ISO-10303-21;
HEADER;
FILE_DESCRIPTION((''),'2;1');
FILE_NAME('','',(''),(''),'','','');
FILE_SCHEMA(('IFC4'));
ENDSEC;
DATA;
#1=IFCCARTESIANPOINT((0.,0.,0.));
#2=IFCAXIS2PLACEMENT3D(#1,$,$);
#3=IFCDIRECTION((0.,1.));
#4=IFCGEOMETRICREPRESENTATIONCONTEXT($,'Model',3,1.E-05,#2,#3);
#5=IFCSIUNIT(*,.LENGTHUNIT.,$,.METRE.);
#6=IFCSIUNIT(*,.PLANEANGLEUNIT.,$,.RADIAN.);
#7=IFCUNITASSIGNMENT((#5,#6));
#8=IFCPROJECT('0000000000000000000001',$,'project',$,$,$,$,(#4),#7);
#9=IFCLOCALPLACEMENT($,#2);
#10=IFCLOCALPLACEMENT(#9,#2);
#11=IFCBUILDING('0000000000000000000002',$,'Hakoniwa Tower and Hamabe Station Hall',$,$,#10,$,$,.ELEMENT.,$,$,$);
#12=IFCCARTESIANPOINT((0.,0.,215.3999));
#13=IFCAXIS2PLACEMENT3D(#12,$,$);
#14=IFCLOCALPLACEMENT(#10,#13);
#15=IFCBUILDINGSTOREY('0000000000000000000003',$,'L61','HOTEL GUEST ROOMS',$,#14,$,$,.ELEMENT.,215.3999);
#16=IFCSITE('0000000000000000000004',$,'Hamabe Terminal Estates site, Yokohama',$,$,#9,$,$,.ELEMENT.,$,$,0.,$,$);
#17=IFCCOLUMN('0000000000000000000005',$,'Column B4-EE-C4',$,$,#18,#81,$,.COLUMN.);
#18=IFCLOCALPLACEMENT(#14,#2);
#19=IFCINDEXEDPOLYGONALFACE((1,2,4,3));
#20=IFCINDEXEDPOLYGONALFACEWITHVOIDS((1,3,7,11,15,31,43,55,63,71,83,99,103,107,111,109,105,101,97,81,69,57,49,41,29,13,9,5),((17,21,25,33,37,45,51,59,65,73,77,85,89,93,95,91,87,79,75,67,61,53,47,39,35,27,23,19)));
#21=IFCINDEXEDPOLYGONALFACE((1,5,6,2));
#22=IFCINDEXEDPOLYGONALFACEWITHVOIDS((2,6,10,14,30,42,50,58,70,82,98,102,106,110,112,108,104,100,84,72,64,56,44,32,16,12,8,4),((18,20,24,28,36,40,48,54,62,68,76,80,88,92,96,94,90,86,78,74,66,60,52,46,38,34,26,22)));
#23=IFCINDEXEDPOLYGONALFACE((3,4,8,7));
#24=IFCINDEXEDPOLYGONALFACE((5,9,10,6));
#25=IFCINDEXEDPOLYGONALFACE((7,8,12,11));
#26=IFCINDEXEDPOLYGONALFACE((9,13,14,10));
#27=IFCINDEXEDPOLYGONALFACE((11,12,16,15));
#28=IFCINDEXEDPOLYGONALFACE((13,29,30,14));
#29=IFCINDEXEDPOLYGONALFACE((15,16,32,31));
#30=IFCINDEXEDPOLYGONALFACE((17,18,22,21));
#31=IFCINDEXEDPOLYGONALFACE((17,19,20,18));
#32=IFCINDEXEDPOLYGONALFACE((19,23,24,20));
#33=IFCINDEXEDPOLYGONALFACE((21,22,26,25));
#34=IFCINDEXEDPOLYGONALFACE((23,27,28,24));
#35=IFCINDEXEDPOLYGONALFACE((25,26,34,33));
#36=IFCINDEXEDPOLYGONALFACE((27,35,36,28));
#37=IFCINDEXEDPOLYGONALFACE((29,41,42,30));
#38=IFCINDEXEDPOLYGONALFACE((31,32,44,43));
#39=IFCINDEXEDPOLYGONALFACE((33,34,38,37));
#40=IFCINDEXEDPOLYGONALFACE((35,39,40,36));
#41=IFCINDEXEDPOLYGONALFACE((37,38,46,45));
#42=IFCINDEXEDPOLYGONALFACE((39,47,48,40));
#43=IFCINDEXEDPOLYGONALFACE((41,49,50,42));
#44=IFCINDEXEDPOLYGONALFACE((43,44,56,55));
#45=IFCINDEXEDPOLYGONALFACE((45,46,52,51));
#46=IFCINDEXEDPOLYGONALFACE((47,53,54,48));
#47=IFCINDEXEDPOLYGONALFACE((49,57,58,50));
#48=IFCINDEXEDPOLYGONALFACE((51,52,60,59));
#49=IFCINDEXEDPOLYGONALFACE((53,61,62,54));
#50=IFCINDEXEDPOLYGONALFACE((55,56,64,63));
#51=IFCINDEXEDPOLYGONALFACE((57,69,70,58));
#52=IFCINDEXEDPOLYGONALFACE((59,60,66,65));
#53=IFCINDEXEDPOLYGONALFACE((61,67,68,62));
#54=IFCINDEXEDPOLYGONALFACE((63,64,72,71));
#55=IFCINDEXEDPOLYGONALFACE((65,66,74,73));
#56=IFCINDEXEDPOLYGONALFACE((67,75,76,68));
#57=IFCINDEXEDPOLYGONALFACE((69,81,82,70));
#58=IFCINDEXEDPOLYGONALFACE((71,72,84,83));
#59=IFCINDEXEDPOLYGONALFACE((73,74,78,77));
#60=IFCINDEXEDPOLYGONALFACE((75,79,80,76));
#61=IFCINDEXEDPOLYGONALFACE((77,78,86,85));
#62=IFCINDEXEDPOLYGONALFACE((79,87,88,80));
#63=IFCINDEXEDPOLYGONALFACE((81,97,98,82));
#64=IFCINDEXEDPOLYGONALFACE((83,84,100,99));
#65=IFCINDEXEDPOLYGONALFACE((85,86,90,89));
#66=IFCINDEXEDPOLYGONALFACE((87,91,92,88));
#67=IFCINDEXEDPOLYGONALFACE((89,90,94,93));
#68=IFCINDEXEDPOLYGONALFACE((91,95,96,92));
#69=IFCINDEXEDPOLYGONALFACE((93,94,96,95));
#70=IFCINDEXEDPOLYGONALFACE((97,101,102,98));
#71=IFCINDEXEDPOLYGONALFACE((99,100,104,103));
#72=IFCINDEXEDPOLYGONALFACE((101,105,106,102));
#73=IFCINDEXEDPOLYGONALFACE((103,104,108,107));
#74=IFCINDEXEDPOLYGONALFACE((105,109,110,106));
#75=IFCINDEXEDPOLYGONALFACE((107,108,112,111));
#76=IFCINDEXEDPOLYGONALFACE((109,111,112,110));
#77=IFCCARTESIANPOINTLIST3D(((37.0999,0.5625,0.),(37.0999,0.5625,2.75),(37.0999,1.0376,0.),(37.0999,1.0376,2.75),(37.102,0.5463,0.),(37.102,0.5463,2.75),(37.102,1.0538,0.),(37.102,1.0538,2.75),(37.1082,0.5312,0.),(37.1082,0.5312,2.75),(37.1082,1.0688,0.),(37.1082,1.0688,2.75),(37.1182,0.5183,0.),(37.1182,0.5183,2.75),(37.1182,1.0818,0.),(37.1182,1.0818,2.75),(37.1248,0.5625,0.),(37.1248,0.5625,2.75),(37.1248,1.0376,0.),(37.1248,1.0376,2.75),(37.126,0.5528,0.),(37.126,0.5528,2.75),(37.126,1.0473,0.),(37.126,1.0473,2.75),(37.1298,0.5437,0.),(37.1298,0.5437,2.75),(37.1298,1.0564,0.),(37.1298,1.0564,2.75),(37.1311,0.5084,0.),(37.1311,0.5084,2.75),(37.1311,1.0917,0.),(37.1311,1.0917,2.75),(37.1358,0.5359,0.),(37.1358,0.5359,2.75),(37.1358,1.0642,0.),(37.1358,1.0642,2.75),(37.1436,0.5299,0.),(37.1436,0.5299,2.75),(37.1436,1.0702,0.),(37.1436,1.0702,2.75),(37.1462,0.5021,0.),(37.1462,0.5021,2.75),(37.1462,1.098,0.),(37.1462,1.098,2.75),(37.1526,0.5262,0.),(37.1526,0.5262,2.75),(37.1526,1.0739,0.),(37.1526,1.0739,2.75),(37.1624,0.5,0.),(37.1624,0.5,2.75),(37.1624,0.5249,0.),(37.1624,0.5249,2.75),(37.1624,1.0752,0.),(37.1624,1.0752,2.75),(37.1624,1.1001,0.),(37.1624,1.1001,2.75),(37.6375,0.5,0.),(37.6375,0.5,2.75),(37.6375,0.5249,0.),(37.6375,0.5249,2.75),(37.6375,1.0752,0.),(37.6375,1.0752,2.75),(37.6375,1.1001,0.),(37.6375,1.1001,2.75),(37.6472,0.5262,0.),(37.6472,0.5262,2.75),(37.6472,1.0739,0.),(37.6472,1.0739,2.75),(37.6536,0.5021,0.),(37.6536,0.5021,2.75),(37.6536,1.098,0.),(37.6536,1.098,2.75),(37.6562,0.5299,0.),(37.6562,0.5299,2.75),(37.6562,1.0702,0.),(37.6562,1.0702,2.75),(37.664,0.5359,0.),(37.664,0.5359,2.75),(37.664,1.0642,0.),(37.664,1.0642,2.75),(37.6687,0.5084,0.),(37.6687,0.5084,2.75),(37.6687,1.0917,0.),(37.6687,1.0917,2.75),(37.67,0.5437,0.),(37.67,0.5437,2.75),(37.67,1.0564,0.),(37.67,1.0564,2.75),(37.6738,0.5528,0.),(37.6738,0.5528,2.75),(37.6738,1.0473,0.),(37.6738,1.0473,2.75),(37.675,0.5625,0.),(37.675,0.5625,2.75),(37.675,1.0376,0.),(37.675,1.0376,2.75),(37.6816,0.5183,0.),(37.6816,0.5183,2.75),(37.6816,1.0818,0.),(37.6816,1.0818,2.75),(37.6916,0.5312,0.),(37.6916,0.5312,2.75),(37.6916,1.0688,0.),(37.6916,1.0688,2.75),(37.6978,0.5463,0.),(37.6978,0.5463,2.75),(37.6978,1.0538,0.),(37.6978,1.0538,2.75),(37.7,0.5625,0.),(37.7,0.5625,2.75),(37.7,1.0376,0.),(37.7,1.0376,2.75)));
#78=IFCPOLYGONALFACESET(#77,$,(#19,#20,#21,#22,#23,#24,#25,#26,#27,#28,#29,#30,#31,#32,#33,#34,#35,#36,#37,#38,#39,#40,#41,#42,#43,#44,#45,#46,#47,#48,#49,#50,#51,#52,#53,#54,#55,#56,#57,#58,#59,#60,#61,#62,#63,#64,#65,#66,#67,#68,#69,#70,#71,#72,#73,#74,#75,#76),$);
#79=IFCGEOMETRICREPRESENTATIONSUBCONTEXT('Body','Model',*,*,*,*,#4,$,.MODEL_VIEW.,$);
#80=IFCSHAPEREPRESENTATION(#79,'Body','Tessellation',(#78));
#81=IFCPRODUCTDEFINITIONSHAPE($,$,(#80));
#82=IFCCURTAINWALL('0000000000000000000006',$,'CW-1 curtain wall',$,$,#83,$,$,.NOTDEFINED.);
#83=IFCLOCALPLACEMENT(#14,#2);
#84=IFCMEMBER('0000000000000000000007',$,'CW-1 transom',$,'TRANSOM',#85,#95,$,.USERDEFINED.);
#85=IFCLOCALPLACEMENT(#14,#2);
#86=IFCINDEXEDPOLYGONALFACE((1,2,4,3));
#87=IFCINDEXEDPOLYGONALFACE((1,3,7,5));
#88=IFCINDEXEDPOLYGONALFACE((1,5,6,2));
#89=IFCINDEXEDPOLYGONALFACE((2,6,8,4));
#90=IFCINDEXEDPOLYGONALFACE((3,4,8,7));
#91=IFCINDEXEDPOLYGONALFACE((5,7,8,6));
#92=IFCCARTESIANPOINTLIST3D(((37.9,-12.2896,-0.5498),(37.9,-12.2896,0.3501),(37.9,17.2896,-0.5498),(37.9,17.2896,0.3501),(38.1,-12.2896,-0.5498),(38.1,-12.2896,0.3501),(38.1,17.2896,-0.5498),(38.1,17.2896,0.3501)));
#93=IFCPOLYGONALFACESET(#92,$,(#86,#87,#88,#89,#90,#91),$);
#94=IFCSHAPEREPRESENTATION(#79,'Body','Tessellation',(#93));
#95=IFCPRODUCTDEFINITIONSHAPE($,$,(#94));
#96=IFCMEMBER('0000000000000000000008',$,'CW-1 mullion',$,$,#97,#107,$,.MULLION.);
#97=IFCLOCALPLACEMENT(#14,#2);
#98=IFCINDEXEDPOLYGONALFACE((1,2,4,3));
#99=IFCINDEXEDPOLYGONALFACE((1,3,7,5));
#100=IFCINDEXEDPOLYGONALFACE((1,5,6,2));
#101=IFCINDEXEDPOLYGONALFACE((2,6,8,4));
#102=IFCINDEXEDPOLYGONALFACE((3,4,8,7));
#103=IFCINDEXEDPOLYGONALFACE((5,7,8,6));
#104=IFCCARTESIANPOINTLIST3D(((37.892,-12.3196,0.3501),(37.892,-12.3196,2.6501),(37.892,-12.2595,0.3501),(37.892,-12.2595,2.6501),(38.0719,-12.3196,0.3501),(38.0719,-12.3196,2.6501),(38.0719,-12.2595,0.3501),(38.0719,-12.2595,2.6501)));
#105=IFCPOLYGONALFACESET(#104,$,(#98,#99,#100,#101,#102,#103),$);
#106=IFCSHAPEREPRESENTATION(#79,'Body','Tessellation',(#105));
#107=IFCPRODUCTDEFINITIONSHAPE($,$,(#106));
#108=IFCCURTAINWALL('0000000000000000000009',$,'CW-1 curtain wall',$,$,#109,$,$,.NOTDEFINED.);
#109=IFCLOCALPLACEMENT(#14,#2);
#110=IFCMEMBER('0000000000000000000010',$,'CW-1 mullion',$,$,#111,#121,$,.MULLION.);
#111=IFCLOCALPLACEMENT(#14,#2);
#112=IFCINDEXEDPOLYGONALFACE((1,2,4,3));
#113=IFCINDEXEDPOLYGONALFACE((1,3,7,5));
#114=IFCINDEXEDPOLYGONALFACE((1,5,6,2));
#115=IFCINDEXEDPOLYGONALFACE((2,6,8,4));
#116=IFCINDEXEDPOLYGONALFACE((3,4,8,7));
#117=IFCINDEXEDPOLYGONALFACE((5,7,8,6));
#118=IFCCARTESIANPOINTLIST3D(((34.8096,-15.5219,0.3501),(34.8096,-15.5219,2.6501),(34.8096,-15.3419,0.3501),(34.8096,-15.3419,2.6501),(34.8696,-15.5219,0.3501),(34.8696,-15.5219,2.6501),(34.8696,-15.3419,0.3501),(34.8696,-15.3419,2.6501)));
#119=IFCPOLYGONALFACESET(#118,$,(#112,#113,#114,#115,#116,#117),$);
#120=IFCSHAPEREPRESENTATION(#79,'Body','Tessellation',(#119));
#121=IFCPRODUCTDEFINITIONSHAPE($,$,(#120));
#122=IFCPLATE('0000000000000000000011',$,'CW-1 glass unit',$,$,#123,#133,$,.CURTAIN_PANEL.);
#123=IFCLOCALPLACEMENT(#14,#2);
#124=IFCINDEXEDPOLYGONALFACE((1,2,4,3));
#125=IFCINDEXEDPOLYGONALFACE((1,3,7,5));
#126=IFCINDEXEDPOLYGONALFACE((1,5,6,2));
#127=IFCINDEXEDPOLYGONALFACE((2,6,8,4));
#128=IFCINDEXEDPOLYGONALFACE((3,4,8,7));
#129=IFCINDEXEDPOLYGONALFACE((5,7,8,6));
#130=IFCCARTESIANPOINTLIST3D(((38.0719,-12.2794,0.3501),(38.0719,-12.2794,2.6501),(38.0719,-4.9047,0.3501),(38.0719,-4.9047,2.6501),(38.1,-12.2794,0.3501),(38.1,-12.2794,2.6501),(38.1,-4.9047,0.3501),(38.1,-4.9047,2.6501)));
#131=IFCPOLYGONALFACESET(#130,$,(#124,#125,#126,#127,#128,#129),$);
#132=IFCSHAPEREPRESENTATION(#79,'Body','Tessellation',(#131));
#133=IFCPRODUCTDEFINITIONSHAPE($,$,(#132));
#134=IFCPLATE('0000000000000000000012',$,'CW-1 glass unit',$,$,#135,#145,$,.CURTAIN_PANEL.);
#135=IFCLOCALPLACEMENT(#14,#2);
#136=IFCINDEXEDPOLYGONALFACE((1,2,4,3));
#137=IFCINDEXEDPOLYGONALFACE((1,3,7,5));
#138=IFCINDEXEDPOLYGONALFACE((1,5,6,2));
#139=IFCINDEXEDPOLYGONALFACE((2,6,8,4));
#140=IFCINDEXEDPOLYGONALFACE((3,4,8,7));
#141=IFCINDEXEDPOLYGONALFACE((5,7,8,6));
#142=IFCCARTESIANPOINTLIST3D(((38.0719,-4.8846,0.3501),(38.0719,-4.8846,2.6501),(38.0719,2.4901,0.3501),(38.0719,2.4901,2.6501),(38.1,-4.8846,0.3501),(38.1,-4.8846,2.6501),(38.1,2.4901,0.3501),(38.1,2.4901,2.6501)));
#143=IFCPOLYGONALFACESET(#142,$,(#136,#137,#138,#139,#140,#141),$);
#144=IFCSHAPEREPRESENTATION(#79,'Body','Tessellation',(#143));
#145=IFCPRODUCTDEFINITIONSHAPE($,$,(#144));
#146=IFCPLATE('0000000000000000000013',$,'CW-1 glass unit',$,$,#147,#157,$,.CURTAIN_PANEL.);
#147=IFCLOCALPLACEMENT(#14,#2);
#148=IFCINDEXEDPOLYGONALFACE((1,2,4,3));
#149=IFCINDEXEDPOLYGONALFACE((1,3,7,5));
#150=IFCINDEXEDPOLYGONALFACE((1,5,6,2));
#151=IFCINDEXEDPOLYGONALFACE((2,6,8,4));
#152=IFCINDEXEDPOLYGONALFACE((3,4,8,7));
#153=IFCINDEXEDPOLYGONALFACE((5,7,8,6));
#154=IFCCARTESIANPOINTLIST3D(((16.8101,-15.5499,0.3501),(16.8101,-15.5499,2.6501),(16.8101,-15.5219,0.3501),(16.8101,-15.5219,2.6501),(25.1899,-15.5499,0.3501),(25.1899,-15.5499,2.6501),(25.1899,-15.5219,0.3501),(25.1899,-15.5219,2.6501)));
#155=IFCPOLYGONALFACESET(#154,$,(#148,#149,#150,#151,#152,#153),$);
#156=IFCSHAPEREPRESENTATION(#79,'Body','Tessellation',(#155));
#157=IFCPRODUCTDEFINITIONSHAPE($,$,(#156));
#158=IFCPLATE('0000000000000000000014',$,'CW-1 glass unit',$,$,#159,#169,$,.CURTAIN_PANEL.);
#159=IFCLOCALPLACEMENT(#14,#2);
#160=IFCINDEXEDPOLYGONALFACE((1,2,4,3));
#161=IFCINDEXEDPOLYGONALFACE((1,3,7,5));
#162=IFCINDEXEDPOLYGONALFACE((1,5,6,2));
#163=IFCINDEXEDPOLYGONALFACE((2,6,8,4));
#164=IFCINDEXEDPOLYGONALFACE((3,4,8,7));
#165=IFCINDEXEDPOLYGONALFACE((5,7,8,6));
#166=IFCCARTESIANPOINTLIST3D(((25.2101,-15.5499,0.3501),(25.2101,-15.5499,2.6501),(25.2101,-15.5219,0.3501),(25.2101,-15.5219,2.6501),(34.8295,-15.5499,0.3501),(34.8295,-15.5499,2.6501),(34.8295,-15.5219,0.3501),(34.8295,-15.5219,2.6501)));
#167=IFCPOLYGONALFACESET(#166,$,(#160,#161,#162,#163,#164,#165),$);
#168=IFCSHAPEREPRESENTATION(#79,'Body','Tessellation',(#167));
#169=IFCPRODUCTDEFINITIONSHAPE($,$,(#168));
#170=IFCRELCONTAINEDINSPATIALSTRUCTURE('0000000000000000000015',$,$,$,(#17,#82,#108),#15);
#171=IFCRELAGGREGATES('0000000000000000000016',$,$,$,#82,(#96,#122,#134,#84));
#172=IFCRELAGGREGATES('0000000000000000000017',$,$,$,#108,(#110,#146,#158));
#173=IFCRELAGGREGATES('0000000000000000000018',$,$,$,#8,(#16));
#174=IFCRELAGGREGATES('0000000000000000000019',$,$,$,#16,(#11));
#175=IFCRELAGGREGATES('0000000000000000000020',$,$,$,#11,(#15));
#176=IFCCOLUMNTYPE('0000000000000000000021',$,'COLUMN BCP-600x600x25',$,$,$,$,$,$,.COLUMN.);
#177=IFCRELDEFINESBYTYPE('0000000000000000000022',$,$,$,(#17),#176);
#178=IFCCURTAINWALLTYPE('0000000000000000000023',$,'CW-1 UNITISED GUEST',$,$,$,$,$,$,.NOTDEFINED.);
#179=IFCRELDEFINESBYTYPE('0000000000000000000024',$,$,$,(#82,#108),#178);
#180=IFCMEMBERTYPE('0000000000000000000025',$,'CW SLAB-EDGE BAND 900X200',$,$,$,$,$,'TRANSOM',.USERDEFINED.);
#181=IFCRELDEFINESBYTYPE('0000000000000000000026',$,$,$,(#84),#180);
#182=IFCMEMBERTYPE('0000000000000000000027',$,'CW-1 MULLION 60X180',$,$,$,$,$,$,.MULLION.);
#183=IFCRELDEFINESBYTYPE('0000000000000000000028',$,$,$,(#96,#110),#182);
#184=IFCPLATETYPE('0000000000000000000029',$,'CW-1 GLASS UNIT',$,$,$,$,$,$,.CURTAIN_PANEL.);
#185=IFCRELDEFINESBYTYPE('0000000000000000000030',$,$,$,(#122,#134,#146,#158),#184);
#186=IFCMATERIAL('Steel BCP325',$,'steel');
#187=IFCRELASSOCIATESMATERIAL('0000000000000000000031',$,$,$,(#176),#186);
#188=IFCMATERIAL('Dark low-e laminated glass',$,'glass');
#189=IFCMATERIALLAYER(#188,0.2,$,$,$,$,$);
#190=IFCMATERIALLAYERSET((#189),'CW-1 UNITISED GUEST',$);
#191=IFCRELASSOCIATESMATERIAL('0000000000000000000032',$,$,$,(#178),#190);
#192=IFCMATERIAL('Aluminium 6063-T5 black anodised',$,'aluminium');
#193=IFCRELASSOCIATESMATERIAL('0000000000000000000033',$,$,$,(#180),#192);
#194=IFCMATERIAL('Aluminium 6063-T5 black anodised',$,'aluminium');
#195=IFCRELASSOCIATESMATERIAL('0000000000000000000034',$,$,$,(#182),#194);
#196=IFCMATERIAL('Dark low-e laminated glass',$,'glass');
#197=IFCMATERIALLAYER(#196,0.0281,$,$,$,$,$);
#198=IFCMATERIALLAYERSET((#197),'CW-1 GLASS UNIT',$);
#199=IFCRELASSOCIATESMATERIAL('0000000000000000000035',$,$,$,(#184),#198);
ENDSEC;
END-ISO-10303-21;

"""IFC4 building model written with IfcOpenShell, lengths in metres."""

from ifc_helpers import new_model, si_unit, direction, frame, origin, origin_2d, place, context, subcontext, project, spatial, rectangle, hollow_rectangle, extrude, material, layer, layer_set, material_profile, profile_set, type_object, element, aggregate, save


model = new_model("IFC4")

# Units and contexts
model_context = context("Model", 3, precision=1e-05, world=origin(), true_north=direction((0.0, 1.0)))
body_context = subcontext(model_context, "Body", "Model", "MODEL_VIEW")
ifc_project = project(units=[si_unit("LENGTHUNIT", "METRE"), si_unit("PLANEANGLEUNIT", "RADIAN")], contexts=[model_context])

# Site, building, storey
site_placement = place(None, origin())
site = spatial("IfcSite", under=ifc_project, at=site_placement, Name="Hamabe Terminal Estates site, Yokohama", CompositionType="ELEMENT", RefElevation=0.0)
building_placement = place(site_placement, origin())
building = spatial("IfcBuilding", under=site, at=building_placement, Name="Hakoniwa Tower and Hamabe Station Hall", CompositionType="ELEMENT")
storey_placement = place(building_placement, frame((0.0, 0.0, 215.3999)))
storey = spatial("IfcBuildingStorey", under=building, at=storey_placement, Name="L61", Description="HOTEL GUEST ROOMS", CompositionType="ELEMENT", Elevation=215.3999)

# Column
ifc_material_1 = material(Name="Steel BCP325", Category="steel")
ifc_material_profile_1 = material_profile(ifc_material_1, hollow_rectangle(XDim=0.6001, YDim=0.6001, WallThickness=0.0249, InnerFilletRadius=0.0376, OuterFilletRadius=0.0625, at=origin_2d()), Name="BCP-600x600x25")
ifc_profile_set_1 = profile_set([ifc_material_profile_1], Name="Steel BCP325")
column_type = type_object("IfcColumnType", Name="COLUMN BCP-600x600x25", PredefinedType="COLUMN", material=ifc_profile_set_1)
for number, where, z_axis, x_axis, name in (
    (1, (37.3999, 0.8, 0.0), (0.0, 0.0, 1.0), (1.0, 0.0, 0.0), "Column B4-EE-C4"),
):
    element("IfcColumn", number, at=place(storey_placement, frame(where, z_axis=z_axis, x_axis=x_axis)), inside=storey, type_object=column_type, Name=name, PredefinedType="COLUMN", context=body_context, shape_type="SweptSolid", body=[
        extrude(hollow_rectangle(XDim=0.6001, YDim=0.6001, WallThickness=0.0249, InnerFilletRadius=0.0376, OuterFilletRadius=0.0625, at=origin_2d()), origin(), (0.0, 0.0, 1.0), 2.75),
    ])

# Curtain wall, members
ifc_material_2 = material(Name="Dark low-e laminated glass", Category="glass")
ifc_layer_1 = layer(ifc_material_2, 0.2)
ifc_layer_set_1 = layer_set([ifc_layer_1], Name="CW-1 UNITISED GUEST")
curtain_wall_type = type_object("IfcCurtainWallType", Name="CW-1 UNITISED GUEST", PredefinedType="NOTDEFINED", material=ifc_layer_set_1)
curtain_wall_1_placement = place(storey_placement, origin())
curtain_wall_1 = element("IfcCurtainWall", 2, at=curtain_wall_1_placement, inside=storey, type_object=curtain_wall_type, Name="CW-1 curtain wall", PredefinedType="NOTDEFINED")
ifc_material_3 = material(Name="Aluminium 6063-T5 black anodised", Category="aluminium")
ifc_material_profile_2 = material_profile(ifc_material_3, rectangle(XDim=0.2, YDim=0.8999, at=origin_2d()), Name="CW SLAB-EDGE BAND 900X200")
ifc_profile_set_2 = profile_set([ifc_material_profile_2], Name="Aluminium 6063-T5 black anodised")
member_type_1 = type_object("IfcMemberType", Name="CW SLAB-EDGE BAND 900X200", ElementType="TRANSOM", PredefinedType="USERDEFINED", material=ifc_profile_set_2)
member_1_placement = place(storey_placement, frame((38.0, -12.2896, -0.0999), z_axis=(0.0, 1.0, 0.0), x_axis=(-1.0, 0.0, 0.0)))
member_1 = element("IfcMember", 3, at=member_1_placement, type_object=member_type_1, Name="CW-1 transom", ObjectType="TRANSOM", PredefinedType="USERDEFINED", context=body_context, shape_type="SweptSolid", body=[
    extrude(rectangle(XDim=0.2, YDim=0.8999, at=origin_2d()), origin(), (0.0, 0.0, 1.0), 29.5791),
])
ifc_material_4 = material(Name="Aluminium 6063-T5 black anodised", Category="aluminium")
ifc_material_profile_3 = material_profile(ifc_material_4, rectangle(XDim=0.0601, YDim=0.1799, at=origin_2d()), Name="CW-1 MULLION 60X180")
ifc_profile_set_3 = profile_set([ifc_material_profile_3], Name="Aluminium 6063-T5 black anodised")
member_type_2 = type_object("IfcMemberType", Name="CW-1 MULLION 60X180", PredefinedType="MULLION", material=ifc_profile_set_3)
member_2_placement = place(storey_placement, frame((37.9819, -12.2896, 0.3501), z_axis=(0.0, 0.0, 1.0), x_axis=(0.0, 1.0, 0.0)))
member_2 = element("IfcMember", 4, at=member_2_placement, type_object=member_type_2, Name="CW-1 mullion", PredefinedType="MULLION", context=body_context, shape_type="SweptSolid", body=[
    extrude(rectangle(XDim=0.0601, YDim=0.1799, at=origin_2d()), origin(), (0.0, 0.0, 1.0), 2.3),
])

# Curtain wall, member
curtain_wall_2_placement = place(storey_placement, origin())
curtain_wall_2 = element("IfcCurtainWall", 5, at=curtain_wall_2_placement, inside=storey, type_object=curtain_wall_type, Name="CW-1 curtain wall", PredefinedType="NOTDEFINED")
member_3_placement = place(storey_placement, frame((34.8396, -15.4319, 0.3501), z_axis=(0.0, 0.0, 1.0), x_axis=(1.0, 0.0, 0.0)))
member_3 = element("IfcMember", 6, at=member_3_placement, type_object=member_type_2, Name="CW-1 mullion", PredefinedType="MULLION", context=body_context, shape_type="SweptSolid", body=[
    extrude(rectangle(XDim=0.0601, YDim=0.1799, at=origin_2d()), origin(), (0.0, 0.0, 1.0), 2.3),
])

# Plates
ifc_material_5 = material(Name="Dark low-e laminated glass", Category="glass")
ifc_layer_2 = layer(ifc_material_5, 0.0281)
ifc_layer_set_2 = layer_set([ifc_layer_2], Name="CW-1 GLASS UNIT")
plate_type = type_object("IfcPlateType", Name="CW-1 GLASS UNIT", PredefinedType="CURTAIN_PANEL", material=ifc_layer_set_2)
plate_1_placement = place(storey_placement, frame((38.0859, -8.592, 0.3501), z_axis=(0.0, 0.0, 1.0), x_axis=(0.0, 1.0, 0.0)))
plate_1 = element("IfcPlate", 7, at=plate_1_placement, type_object=plate_type, Name="CW-1 glass unit", PredefinedType="CURTAIN_PANEL", context=body_context, shape_type="SweptSolid", body=[
    extrude(rectangle(XDim=7.3748, YDim=0.0281, at=origin_2d()), origin(), (0.0, 0.0, 1.0), 2.3),
])
plate_2_placement = place(storey_placement, frame((38.0859, -1.1973, 0.3501), z_axis=(0.0, 0.0, 1.0), x_axis=(0.0, 1.0, 0.0)))
plate_2 = element("IfcPlate", 8, at=plate_2_placement, type_object=plate_type, Name="CW-1 glass unit", PredefinedType="CURTAIN_PANEL", context=body_context, shape_type="SweptSolid", body=[
    extrude(rectangle(XDim=7.3748, YDim=0.0281, at=origin_2d()), origin(), (0.0, 0.0, 1.0), 2.3),
])
aggregate(curtain_wall_1, [member_2, plate_1, plate_2, member_1])
plate_3_placement = place(storey_placement, frame((21.0, -15.5359, 0.3501), z_axis=(0.0, 0.0, 1.0), x_axis=(1.0, 0.0, 0.0)))
plate_3 = element("IfcPlate", 9, at=plate_3_placement, type_object=plate_type, Name="CW-1 glass unit", PredefinedType="CURTAIN_PANEL", context=body_context, shape_type="SweptSolid", body=[
    extrude(rectangle(XDim=8.3799, YDim=0.0281, at=origin_2d()), origin(), (0.0, 0.0, 1.0), 2.3),
])
plate_4_placement = place(storey_placement, frame((30.0198, -15.5359, 0.3501), z_axis=(0.0, 0.0, 1.0), x_axis=(1.0, 0.0, 0.0)))
plate_4 = element("IfcPlate", 10, at=plate_4_placement, type_object=plate_type, Name="CW-1 glass unit", PredefinedType="CURTAIN_PANEL", context=body_context, shape_type="SweptSolid", body=[
    extrude(rectangle(XDim=9.6194, YDim=0.0281, at=origin_2d()), origin(), (0.0, 0.0, 1.0), 2.3),
])
aggregate(curtain_wall_2, [member_3, plate_3, plate_4])

save(model, "model.ifc")
